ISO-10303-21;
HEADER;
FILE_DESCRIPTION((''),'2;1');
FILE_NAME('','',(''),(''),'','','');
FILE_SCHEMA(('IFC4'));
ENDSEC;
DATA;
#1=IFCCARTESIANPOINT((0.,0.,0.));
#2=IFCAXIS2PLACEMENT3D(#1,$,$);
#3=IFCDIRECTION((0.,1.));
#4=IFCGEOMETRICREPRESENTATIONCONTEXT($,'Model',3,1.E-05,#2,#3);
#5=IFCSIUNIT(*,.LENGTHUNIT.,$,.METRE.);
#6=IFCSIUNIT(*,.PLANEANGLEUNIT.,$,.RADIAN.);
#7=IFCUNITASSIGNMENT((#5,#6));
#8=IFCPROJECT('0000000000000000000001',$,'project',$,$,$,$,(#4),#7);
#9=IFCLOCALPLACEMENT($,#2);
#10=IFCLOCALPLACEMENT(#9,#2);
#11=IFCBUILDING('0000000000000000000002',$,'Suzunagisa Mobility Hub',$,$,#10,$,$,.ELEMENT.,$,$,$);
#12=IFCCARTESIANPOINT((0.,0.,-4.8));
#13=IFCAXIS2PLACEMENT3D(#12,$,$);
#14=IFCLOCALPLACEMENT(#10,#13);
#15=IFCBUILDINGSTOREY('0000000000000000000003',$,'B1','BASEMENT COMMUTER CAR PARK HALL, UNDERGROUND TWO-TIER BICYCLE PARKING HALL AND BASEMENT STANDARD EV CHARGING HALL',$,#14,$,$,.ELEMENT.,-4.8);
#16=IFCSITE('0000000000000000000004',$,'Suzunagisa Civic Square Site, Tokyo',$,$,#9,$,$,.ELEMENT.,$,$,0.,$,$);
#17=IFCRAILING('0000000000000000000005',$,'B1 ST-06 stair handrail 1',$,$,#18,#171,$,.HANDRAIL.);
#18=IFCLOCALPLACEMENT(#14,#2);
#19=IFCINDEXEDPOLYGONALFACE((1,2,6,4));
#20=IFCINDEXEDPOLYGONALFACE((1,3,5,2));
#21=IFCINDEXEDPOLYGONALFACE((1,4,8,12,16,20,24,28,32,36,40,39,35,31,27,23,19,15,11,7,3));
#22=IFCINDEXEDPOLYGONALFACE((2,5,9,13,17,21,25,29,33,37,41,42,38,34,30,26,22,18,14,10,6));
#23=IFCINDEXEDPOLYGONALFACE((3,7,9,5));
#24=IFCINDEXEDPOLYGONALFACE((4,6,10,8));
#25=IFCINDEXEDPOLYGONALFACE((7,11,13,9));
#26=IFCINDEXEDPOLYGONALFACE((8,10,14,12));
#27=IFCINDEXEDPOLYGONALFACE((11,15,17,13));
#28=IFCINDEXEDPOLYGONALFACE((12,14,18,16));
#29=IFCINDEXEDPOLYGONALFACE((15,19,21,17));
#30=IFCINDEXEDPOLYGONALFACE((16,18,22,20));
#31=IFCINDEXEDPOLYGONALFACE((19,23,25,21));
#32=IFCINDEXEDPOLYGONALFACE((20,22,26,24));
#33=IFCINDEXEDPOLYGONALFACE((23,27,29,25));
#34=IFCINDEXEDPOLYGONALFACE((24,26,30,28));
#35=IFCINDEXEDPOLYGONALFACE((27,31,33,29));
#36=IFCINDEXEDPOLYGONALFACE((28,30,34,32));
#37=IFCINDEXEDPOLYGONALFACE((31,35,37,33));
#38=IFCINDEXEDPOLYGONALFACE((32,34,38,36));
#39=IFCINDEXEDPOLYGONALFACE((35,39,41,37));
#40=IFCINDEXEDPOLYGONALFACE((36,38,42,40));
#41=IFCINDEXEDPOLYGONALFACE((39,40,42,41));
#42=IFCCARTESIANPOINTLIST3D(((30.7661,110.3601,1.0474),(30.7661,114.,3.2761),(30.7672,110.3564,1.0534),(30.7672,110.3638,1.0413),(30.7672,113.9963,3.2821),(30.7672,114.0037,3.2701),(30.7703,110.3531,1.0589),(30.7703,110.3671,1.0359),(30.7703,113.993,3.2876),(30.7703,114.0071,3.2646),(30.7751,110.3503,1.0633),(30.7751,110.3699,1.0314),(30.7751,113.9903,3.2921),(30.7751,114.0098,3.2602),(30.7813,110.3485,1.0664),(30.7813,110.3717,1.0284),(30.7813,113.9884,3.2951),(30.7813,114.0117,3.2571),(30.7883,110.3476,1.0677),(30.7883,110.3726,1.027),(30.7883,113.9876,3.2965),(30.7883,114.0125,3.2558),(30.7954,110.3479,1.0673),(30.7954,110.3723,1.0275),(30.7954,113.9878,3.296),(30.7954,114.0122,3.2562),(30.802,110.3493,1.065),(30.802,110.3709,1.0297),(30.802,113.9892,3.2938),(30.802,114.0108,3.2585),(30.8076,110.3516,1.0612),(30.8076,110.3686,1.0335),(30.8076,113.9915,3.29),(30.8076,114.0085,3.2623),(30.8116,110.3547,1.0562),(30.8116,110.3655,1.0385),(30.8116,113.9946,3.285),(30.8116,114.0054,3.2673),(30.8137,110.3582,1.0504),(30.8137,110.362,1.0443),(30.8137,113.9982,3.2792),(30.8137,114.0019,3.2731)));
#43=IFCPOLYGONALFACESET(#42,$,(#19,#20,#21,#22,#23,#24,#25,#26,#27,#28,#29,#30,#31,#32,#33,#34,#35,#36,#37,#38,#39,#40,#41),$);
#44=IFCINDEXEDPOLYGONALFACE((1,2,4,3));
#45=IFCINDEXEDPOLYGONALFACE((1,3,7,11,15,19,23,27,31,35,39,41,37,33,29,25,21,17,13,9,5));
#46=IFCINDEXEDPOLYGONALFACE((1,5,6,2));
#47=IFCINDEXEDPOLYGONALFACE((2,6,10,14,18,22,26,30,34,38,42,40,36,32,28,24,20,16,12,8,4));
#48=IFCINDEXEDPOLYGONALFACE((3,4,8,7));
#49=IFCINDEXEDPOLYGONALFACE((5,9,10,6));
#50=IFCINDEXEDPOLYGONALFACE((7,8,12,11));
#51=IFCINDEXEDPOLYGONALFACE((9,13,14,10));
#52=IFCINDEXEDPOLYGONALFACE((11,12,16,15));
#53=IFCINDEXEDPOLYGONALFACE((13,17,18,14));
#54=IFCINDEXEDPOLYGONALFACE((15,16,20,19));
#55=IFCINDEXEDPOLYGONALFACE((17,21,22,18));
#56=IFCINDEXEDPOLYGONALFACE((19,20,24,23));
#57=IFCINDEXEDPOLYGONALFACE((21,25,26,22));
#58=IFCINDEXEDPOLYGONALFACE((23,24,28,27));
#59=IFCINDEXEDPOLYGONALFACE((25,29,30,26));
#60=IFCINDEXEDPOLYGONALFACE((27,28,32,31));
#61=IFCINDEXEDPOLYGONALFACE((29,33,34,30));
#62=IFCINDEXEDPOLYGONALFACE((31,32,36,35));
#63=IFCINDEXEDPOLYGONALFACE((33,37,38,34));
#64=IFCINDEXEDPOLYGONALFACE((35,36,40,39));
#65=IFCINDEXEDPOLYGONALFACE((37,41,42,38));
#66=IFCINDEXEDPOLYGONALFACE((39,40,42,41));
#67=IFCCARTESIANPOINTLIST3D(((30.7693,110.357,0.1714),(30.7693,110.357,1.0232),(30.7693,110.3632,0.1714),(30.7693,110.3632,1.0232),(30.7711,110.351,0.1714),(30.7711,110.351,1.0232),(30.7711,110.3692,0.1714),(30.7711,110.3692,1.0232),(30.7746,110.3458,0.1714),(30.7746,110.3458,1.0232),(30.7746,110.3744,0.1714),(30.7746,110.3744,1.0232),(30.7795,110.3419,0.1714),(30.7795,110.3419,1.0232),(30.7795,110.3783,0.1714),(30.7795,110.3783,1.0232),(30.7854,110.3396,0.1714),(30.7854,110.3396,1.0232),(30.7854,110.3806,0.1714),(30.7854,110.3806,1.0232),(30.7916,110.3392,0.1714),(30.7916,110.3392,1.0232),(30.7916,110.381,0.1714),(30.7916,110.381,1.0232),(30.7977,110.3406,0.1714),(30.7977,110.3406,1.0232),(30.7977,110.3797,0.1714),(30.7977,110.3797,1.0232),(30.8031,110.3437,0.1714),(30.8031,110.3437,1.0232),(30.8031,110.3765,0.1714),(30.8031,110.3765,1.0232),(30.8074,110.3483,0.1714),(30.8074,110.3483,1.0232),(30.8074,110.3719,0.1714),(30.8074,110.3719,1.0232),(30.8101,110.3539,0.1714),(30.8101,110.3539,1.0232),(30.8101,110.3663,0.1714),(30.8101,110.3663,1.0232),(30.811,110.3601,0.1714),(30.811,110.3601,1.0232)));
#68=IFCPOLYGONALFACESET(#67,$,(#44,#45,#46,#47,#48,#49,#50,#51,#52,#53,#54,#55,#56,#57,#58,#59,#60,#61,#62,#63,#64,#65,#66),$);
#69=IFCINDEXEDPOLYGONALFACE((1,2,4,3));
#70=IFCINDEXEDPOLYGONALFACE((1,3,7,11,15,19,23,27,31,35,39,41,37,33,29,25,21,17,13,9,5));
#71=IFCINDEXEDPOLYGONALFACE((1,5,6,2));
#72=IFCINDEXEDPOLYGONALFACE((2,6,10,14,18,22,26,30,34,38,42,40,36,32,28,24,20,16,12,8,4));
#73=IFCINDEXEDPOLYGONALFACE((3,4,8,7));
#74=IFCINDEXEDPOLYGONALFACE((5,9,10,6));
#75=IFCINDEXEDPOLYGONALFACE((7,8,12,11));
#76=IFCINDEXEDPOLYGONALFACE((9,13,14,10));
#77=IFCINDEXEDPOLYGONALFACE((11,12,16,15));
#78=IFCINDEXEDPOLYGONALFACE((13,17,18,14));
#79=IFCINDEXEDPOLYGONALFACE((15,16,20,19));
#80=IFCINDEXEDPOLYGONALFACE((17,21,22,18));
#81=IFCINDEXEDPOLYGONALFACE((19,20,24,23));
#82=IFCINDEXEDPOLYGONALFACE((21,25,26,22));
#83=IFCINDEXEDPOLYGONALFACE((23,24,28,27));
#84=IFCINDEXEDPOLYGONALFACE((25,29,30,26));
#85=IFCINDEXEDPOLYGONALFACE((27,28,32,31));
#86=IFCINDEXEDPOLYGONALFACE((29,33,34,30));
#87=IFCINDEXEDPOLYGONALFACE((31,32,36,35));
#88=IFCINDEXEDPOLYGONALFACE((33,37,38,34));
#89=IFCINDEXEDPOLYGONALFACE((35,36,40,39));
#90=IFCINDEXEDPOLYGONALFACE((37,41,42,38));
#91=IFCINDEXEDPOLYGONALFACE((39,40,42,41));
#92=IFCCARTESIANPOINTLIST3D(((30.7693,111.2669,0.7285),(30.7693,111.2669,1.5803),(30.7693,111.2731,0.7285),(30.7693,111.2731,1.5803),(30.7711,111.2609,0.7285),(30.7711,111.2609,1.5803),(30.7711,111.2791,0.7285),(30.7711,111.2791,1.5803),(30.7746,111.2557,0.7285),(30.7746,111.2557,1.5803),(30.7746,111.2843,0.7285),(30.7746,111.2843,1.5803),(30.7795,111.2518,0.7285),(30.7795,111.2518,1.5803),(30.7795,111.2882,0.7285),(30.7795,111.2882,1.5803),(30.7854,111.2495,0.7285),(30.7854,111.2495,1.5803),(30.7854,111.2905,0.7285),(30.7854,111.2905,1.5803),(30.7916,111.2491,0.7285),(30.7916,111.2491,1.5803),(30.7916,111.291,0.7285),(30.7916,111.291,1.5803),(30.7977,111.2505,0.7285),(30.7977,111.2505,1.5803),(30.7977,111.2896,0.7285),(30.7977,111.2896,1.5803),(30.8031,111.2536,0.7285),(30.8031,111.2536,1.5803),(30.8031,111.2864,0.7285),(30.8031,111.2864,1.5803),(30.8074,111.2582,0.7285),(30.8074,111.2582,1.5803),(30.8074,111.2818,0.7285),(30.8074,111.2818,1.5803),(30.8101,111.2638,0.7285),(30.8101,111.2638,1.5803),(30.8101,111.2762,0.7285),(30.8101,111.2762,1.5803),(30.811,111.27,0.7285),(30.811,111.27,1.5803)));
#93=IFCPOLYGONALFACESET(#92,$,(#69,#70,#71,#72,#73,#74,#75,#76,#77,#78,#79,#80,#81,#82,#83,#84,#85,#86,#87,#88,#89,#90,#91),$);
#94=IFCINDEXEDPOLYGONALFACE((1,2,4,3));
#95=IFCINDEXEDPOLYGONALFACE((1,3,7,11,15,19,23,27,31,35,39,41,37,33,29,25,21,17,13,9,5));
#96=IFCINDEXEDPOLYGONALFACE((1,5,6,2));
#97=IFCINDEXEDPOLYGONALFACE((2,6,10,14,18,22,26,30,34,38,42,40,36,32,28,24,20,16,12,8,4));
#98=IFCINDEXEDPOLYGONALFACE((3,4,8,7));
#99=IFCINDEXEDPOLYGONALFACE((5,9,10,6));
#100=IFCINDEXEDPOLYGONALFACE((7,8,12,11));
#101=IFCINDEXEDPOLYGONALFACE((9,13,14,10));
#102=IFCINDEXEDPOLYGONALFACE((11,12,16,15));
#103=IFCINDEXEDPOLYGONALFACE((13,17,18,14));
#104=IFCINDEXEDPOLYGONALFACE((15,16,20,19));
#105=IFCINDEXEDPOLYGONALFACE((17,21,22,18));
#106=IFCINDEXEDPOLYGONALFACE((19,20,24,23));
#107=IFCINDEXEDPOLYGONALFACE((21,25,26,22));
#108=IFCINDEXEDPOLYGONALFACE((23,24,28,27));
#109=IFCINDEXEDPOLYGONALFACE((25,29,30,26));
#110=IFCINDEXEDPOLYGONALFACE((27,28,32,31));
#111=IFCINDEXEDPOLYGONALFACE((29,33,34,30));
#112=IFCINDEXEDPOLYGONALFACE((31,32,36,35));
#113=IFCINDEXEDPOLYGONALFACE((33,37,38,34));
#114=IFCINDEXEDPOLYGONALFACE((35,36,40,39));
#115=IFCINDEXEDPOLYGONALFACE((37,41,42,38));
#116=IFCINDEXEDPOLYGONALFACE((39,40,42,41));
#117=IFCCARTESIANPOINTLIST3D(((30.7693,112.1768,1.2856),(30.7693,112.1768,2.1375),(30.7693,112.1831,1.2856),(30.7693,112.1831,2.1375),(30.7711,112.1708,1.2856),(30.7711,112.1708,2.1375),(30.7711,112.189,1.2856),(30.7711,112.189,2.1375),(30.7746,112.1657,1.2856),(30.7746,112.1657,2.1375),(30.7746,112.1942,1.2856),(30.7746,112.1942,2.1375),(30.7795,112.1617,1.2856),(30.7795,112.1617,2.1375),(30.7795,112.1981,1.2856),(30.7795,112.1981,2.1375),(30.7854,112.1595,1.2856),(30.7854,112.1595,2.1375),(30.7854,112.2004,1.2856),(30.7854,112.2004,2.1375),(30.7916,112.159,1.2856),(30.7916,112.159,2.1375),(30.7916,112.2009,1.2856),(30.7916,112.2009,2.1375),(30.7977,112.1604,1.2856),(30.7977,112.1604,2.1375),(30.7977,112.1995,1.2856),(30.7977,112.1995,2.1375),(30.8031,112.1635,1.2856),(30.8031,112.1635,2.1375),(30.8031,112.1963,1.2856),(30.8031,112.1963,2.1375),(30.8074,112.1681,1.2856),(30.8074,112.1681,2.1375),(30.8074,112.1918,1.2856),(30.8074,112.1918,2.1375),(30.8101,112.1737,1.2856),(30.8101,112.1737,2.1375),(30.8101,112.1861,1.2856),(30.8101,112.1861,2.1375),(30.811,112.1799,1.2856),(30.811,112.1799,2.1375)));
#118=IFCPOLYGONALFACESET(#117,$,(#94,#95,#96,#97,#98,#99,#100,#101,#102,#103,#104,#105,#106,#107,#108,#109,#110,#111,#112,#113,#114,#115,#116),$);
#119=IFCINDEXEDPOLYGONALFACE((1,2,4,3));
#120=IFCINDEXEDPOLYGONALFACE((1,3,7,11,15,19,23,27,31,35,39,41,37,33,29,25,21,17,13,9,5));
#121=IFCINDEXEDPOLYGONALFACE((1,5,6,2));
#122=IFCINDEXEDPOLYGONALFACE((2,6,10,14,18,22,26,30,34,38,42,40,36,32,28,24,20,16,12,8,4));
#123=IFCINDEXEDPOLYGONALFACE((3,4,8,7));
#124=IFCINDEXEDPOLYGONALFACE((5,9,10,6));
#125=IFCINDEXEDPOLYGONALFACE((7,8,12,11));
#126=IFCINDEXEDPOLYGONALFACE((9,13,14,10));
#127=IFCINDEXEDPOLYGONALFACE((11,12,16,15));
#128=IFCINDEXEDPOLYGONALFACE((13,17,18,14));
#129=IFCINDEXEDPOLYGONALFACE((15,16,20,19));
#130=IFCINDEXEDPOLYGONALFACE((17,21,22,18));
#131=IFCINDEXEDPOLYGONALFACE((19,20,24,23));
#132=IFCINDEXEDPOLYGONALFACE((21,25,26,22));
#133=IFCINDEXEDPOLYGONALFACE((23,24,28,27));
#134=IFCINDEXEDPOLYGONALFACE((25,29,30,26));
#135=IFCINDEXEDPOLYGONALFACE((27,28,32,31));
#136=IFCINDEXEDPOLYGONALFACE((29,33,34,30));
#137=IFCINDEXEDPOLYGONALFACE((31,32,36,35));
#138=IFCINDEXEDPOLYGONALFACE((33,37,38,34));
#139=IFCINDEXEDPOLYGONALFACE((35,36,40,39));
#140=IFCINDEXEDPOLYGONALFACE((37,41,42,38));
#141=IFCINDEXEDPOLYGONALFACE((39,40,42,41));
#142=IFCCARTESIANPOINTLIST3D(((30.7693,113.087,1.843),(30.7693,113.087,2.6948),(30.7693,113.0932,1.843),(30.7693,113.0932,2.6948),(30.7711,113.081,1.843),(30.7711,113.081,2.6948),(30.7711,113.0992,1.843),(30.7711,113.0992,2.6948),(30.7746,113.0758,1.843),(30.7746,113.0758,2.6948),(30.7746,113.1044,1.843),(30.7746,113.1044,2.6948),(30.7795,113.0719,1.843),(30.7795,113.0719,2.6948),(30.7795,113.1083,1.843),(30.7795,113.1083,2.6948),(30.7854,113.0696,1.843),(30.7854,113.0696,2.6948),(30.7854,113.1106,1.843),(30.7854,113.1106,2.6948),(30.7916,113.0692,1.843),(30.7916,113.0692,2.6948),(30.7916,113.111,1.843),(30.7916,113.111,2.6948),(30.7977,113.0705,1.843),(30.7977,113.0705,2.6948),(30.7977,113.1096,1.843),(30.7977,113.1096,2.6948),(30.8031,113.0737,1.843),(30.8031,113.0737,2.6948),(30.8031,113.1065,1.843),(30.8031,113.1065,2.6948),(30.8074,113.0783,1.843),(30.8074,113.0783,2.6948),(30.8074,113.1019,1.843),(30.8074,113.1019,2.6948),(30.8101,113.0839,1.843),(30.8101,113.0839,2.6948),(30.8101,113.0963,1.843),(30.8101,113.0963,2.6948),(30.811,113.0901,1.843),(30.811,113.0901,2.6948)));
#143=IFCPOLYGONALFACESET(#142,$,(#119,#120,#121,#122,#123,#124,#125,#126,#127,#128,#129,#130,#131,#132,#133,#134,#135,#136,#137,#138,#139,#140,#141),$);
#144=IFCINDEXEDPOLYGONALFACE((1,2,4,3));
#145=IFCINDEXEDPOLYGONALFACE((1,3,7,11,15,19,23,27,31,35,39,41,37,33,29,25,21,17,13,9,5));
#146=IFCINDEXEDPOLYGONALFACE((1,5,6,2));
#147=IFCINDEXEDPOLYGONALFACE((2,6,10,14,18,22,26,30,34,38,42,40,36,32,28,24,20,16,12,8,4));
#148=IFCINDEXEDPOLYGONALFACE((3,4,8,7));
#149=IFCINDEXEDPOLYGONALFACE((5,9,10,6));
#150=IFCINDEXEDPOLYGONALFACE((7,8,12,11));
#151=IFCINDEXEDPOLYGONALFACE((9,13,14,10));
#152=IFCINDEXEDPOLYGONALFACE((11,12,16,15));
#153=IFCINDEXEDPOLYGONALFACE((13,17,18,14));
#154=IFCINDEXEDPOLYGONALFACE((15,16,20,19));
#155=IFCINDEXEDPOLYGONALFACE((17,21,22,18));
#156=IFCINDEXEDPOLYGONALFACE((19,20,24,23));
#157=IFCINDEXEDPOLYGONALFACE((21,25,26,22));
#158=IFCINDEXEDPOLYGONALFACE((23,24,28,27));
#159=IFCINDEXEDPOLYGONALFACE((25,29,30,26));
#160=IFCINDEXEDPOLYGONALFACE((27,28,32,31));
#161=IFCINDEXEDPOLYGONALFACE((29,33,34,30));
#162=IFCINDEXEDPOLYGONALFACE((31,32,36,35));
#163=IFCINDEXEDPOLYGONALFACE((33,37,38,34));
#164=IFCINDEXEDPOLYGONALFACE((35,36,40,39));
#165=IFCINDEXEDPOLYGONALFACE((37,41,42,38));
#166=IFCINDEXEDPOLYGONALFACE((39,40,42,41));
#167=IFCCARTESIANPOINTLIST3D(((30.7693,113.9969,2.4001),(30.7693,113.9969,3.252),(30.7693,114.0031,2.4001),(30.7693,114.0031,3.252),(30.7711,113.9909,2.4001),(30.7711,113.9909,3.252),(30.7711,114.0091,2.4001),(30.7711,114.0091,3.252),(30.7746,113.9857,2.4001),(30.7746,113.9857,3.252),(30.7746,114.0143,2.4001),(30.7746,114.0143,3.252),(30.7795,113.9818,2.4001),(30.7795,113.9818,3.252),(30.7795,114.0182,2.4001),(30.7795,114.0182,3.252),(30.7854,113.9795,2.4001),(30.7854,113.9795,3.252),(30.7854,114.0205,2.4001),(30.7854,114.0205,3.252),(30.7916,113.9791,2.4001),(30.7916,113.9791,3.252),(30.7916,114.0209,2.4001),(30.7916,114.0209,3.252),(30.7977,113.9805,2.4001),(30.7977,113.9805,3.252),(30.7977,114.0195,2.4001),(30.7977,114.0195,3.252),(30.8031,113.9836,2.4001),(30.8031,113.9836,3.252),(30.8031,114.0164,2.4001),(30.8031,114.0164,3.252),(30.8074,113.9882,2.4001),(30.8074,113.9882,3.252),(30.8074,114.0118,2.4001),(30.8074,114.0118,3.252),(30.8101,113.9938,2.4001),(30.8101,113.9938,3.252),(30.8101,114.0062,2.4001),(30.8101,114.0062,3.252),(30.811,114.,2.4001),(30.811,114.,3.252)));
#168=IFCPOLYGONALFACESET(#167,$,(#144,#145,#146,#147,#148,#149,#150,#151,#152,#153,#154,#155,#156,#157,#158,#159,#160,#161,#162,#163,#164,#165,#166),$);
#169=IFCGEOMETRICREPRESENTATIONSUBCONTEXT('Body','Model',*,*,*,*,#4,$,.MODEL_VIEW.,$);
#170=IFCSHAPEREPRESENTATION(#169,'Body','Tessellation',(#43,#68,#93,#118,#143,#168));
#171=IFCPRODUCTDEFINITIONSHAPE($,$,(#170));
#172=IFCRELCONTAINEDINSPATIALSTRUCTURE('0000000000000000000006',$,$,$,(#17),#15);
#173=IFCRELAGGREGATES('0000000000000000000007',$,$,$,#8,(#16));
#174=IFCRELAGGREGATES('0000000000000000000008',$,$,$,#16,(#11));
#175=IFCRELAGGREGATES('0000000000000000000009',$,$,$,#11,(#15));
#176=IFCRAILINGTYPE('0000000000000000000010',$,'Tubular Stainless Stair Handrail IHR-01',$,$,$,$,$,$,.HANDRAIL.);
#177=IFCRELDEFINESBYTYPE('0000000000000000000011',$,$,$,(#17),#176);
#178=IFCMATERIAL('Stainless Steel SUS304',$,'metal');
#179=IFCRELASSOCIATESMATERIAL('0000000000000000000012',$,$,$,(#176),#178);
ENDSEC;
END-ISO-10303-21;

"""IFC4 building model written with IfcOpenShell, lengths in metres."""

from ifc_helpers import new_model, si_unit, direction, frame, origin, origin_2d, place, context, subcontext, project, spatial, circle, extrude, material, type_object, element, save


model = new_model("IFC4")

# Units and contexts
model_context = context("Model", 3, precision=1e-05, world=origin(), true_north=direction((0.0, 1.0)))
body_context = subcontext(model_context, "Body", "Model", "MODEL_VIEW")
ifc_project = project(units=[si_unit("LENGTHUNIT", "METRE"), si_unit("PLANEANGLEUNIT", "RADIAN")], contexts=[model_context])

# Site, building, storey
site_placement = place(None, origin())
site = spatial("IfcSite", under=ifc_project, at=site_placement, Name="Suzunagisa Civic Square Site, Tokyo", CompositionType="ELEMENT", RefElevation=0.0)
building_placement = place(site_placement, origin())
building = spatial("IfcBuilding", under=site, at=building_placement, Name="Suzunagisa Mobility Hub", CompositionType="ELEMENT")
storey_placement = place(building_placement, frame((0.0, 0.0, -4.8)))
storey = spatial("IfcBuildingStorey", under=building, at=storey_placement, Name="B1", Description="BASEMENT COMMUTER CAR PARK HALL, UNDERGROUND TWO-TIER BICYCLE PARKING HALL AND BASEMENT STANDARD EV CHARGING HALL", CompositionType="ELEMENT", Elevation=-4.8)

# Railing
ifc_material_1 = material(Name="Stainless Steel SUS304", Category="metal")
railing_type_1 = type_object("IfcRailingType", Name="Tubular Stainless Stair Handrail IHR-01", PredefinedType="HANDRAIL", material=ifc_material_1)
railing_1_placement = place(storey_placement, frame((30.79, 110.3601, 0.1714)))
element("IfcRailing", 1, at=railing_1_placement, inside=storey, type_object=railing_type_1, Name="B1 ST-06 stair handrail 1", PredefinedType="HANDRAIL", context=body_context, shape_type="SweptSolid", body=[
    extrude(circle(Radius=0.0239, at=origin_2d()), frame((0.0, 0.0, 0.876), z_axis=(0.0, 0.852825, 0.522197), x_axis=(-1.0, 0.0, 0.0)), (0.0, 0.0, 1.0), 4.2681),
    extrude(circle(Radius=0.021, at=origin_2d()), origin(), (0.0, 0.0, 1.0), 0.8518),
    extrude(circle(Radius=0.021, at=origin_2d()), frame((0.0, 0.9099, 0.5571)), (0.0, 0.0, 1.0), 0.8518),
    extrude(circle(Radius=0.021, at=origin_2d()), frame((0.0, 1.8198, 1.1143)), (0.0, 0.0, 1.0), 0.8518),
    extrude(circle(Radius=0.021, at=origin_2d()), frame((0.0, 2.73, 1.6716)), (0.0, 0.0, 1.0), 0.8518),
    extrude(circle(Radius=0.021, at=origin_2d()), frame((0.0, 3.6399, 2.2288)), (0.0, 0.0, 1.0), 0.8518),
])

save(model, "model.ifc")
